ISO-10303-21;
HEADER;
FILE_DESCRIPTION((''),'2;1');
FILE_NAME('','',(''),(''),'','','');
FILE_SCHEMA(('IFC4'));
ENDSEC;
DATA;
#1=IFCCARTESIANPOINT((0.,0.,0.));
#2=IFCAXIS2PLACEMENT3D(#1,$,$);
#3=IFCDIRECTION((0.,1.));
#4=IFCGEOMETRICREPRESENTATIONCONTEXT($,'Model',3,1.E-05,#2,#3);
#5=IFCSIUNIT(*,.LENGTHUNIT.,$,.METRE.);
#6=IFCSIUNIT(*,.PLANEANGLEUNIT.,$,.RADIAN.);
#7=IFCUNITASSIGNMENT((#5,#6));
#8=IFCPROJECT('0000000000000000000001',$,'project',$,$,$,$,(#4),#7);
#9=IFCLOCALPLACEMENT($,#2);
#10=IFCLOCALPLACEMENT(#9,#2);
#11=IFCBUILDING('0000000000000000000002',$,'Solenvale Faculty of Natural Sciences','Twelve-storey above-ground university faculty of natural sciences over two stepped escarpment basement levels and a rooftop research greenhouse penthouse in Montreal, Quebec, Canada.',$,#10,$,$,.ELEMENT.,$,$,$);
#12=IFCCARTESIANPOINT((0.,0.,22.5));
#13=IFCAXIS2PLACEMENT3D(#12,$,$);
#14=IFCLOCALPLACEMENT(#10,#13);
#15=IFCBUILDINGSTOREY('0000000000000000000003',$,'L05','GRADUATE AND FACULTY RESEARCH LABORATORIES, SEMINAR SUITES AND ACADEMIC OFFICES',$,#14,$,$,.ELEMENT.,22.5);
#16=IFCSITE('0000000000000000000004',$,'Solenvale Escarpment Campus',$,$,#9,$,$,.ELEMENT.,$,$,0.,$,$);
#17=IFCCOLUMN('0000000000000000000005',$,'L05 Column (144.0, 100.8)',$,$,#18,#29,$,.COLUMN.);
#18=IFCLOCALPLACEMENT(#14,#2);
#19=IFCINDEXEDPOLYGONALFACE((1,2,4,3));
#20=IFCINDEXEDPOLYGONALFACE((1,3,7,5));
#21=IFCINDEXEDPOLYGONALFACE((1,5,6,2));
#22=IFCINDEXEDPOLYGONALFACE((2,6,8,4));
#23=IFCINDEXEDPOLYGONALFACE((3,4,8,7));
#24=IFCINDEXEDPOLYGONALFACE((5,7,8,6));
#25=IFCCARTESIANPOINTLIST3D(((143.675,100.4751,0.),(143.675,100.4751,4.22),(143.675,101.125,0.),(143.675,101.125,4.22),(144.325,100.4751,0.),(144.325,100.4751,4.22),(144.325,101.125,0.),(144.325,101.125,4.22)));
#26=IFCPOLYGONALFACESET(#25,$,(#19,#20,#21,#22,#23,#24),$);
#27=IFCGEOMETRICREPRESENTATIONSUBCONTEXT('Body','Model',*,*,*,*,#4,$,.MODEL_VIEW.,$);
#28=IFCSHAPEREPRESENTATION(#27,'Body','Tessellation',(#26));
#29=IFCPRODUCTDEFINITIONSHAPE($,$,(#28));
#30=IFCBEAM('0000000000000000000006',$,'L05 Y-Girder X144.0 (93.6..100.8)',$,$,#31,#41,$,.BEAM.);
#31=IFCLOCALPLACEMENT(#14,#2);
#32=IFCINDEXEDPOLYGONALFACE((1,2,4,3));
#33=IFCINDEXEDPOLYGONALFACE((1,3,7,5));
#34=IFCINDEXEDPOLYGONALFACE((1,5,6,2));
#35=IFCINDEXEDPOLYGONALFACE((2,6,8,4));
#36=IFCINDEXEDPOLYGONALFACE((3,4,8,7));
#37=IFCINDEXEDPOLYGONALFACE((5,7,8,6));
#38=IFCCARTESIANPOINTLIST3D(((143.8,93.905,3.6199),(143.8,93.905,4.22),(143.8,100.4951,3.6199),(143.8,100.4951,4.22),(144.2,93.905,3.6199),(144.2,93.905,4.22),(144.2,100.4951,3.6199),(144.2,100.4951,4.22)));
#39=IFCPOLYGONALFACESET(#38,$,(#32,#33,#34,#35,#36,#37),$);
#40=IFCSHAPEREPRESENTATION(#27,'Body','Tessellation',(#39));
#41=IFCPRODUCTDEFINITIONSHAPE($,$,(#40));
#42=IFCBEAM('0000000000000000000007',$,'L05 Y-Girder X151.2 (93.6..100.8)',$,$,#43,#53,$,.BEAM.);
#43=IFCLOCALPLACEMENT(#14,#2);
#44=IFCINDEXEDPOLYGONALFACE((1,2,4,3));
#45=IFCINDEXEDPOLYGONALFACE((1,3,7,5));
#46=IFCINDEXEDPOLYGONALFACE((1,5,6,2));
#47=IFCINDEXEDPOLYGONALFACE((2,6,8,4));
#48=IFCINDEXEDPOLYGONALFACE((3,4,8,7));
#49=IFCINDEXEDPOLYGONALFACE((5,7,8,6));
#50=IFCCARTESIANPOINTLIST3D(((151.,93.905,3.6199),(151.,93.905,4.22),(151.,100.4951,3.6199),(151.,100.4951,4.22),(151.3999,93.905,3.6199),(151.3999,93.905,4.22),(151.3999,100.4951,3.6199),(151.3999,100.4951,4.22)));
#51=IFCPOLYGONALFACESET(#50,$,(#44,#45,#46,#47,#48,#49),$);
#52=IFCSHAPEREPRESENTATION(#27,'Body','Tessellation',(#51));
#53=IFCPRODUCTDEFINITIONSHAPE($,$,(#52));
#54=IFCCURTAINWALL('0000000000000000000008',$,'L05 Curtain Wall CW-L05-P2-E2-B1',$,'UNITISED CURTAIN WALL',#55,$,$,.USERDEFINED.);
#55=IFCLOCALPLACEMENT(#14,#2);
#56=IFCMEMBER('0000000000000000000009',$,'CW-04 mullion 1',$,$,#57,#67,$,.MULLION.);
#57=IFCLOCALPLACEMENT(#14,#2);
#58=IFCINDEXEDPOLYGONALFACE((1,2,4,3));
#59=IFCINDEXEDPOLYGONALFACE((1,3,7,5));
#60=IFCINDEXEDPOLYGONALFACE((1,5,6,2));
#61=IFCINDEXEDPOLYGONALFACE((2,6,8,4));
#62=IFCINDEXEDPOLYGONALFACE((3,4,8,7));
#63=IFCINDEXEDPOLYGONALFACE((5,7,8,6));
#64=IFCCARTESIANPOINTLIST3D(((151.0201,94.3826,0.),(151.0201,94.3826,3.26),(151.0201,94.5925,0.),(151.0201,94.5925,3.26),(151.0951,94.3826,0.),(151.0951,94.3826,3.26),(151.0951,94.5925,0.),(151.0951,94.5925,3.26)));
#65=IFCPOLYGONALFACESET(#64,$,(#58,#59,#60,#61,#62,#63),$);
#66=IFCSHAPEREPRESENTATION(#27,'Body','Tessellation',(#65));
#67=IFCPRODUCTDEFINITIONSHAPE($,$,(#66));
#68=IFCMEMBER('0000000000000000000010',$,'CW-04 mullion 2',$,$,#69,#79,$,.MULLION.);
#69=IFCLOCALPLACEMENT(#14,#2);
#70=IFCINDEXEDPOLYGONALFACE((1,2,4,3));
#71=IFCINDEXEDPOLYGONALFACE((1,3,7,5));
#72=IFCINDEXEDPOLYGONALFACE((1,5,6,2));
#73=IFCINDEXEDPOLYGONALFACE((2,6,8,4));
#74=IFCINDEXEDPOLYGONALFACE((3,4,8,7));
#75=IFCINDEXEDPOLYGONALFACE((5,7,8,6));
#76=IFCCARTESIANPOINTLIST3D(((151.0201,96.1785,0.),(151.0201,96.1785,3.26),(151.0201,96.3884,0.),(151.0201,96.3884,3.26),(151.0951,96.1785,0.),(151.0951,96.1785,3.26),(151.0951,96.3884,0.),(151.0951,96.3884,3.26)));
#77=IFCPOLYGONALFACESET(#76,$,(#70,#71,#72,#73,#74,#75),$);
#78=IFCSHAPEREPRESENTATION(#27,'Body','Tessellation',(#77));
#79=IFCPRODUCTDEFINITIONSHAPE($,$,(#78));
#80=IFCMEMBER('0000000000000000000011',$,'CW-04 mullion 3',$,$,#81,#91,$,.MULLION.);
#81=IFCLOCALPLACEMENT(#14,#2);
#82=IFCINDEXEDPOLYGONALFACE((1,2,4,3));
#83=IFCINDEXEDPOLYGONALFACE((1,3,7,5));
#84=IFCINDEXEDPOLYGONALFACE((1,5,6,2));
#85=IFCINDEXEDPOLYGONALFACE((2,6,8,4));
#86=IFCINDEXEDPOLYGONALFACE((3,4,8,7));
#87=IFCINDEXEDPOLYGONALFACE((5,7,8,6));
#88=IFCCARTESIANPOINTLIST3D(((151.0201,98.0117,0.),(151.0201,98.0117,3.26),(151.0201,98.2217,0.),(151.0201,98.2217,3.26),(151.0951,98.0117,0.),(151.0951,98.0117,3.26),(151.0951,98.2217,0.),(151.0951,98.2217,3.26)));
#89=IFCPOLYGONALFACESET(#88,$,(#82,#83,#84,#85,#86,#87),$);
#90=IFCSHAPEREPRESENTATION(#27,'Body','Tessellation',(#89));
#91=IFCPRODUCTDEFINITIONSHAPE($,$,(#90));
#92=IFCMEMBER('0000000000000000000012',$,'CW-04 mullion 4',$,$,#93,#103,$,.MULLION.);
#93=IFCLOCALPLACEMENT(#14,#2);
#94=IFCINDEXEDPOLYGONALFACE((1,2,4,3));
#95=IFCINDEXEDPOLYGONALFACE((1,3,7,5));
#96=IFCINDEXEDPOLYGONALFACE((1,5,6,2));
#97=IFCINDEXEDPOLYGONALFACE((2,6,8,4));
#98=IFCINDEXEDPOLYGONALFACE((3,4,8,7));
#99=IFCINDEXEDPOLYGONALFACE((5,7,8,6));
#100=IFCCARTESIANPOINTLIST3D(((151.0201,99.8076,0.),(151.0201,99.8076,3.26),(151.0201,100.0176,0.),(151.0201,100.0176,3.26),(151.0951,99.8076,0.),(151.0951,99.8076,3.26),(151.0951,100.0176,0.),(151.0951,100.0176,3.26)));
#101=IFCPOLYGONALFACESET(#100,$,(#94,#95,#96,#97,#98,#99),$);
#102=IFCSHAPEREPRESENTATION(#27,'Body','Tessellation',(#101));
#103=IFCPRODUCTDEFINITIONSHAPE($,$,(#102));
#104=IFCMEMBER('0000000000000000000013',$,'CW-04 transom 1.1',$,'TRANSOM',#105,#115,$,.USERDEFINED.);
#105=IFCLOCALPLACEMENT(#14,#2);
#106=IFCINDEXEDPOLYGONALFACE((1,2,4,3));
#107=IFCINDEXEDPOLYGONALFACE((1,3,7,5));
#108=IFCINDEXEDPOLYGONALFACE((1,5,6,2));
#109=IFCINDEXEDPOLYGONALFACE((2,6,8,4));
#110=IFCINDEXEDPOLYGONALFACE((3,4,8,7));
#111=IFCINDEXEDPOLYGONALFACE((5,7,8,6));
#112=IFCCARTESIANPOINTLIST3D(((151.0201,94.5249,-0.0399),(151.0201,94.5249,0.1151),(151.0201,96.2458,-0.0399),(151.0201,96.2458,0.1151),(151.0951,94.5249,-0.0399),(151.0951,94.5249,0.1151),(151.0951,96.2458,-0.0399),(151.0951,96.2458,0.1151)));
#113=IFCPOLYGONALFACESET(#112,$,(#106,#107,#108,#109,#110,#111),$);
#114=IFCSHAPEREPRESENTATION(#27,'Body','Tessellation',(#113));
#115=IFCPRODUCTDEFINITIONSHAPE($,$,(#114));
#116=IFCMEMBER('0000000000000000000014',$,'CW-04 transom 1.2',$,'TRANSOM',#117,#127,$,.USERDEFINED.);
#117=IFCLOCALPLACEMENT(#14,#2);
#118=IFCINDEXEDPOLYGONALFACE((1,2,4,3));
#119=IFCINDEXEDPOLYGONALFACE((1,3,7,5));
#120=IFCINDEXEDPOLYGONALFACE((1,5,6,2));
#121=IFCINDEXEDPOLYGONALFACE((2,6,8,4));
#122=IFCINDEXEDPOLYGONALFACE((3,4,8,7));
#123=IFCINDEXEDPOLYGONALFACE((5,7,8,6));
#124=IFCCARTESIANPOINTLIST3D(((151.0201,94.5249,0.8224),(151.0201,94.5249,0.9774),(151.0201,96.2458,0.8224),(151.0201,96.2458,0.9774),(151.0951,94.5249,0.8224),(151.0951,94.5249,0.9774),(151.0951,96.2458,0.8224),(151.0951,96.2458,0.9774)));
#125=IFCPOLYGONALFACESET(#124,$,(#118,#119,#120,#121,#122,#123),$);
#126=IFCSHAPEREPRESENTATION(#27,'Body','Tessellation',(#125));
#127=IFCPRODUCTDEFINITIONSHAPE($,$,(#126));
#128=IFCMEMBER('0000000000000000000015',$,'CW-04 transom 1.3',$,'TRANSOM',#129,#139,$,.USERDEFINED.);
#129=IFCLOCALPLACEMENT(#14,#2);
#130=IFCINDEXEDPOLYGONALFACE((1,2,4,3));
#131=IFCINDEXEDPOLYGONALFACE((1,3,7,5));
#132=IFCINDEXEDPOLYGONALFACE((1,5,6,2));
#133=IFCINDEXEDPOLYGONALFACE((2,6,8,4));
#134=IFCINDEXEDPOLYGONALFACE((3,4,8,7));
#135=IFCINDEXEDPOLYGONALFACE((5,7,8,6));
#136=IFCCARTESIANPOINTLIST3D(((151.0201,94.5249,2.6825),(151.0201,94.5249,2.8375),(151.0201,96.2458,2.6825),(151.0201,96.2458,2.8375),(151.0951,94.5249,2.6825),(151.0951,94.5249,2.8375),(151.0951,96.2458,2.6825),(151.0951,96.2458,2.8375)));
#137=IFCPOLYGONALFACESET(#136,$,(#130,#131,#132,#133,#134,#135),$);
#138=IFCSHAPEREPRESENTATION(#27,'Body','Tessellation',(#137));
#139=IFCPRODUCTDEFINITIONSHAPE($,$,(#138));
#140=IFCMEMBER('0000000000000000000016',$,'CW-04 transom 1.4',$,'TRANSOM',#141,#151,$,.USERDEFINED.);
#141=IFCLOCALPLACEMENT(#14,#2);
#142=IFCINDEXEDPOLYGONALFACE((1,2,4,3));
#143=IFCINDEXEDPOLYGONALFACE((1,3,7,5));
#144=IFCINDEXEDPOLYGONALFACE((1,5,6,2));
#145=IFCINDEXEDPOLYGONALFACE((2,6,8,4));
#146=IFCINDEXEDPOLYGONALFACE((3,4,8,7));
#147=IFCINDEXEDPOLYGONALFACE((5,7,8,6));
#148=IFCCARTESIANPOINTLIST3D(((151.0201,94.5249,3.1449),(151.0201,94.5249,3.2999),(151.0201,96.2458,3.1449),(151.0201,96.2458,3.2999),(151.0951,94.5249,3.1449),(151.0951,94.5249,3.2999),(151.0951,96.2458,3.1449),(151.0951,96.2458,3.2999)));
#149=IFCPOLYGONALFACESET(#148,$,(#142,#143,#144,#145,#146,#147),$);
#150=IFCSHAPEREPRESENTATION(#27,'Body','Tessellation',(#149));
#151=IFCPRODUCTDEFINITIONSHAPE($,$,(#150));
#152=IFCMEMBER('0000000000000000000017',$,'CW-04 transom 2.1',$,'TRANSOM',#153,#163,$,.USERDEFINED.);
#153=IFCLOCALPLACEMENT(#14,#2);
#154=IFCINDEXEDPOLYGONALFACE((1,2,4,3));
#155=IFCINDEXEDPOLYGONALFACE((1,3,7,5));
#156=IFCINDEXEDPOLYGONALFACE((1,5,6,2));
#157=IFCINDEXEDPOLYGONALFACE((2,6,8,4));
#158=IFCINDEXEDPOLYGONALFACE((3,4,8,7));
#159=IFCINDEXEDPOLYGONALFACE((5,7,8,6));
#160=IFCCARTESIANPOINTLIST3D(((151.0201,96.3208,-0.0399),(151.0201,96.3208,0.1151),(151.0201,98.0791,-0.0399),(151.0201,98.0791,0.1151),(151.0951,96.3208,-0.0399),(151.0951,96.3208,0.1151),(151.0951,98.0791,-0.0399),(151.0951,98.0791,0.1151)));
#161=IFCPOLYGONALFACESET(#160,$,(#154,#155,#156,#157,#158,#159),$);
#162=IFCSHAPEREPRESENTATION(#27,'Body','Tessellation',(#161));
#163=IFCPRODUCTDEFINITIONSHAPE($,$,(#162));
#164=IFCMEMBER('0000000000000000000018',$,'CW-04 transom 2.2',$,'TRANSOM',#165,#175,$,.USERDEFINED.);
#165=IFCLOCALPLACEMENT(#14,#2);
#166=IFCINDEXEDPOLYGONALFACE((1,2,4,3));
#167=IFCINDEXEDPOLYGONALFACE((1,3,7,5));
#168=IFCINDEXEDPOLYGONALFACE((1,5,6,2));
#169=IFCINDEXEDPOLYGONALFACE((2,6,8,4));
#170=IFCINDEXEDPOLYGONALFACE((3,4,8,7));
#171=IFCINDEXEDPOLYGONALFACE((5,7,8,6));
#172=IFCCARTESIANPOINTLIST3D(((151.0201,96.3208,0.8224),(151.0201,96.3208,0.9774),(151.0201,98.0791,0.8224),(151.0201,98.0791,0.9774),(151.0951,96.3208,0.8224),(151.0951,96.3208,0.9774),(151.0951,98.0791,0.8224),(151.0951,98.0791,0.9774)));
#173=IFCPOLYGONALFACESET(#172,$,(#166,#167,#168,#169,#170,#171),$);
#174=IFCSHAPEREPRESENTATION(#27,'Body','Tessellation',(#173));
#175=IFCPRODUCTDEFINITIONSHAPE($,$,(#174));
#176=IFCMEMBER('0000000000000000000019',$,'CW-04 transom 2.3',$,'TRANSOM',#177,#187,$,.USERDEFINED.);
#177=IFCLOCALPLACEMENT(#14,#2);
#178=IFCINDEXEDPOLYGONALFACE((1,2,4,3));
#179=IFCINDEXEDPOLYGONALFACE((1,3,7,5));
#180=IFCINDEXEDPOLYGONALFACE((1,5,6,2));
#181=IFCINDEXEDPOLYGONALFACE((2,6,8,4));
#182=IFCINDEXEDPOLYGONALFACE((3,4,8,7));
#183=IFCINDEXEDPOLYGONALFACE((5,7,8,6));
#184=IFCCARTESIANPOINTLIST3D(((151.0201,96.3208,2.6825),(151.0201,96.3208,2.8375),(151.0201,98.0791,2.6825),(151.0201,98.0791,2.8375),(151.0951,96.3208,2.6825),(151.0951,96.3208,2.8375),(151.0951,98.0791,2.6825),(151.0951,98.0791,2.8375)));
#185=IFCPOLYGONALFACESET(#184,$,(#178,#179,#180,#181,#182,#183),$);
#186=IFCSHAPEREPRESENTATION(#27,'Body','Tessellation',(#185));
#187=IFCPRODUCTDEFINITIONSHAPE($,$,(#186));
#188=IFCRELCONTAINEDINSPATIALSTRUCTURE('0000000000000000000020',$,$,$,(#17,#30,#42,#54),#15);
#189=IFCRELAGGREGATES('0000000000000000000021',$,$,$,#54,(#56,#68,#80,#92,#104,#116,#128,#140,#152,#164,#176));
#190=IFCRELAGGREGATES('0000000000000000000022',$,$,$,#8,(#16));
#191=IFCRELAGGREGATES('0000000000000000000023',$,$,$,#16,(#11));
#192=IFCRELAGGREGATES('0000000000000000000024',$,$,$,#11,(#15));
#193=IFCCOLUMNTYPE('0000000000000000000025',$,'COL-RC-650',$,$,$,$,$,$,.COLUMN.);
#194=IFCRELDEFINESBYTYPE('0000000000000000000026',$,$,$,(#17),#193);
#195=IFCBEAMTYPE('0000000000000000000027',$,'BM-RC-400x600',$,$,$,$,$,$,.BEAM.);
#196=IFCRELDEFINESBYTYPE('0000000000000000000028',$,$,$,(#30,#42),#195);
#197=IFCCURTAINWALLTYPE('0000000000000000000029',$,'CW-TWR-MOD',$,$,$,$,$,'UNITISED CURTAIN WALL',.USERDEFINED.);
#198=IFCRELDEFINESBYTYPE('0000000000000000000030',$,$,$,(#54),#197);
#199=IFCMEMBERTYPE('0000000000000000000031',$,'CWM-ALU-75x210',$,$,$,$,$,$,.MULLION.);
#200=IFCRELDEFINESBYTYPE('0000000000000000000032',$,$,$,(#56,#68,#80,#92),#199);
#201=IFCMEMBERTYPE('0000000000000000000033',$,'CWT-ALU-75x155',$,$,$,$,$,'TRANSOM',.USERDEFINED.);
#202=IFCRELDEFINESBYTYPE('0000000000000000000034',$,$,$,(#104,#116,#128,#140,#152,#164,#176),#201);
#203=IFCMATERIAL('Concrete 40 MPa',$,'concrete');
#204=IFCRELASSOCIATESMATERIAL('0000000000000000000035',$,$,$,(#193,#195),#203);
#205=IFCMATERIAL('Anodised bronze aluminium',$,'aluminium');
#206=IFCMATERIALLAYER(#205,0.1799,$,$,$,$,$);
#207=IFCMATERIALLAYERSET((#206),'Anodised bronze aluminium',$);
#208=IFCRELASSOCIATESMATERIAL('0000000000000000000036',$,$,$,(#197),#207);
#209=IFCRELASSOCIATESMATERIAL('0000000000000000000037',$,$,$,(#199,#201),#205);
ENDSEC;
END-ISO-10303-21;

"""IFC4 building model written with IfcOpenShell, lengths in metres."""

from ifc_helpers import new_model, si_unit, direction, frame, origin, origin_2d, place, context, subcontext, project, spatial, rectangle, extrude, material, layer, layer_set, material_profile, profile_set, type_object, element, aggregate, save


model = new_model("IFC4")

# Units and contexts
model_context = context("Model", 3, precision=1e-05, world=origin(), true_north=direction((0.0, 1.0)))
body_context = subcontext(model_context, "Body", "Model", "MODEL_VIEW")
ifc_project = project(units=[si_unit("LENGTHUNIT", "METRE"), si_unit("PLANEANGLEUNIT", "RADIAN")], contexts=[model_context])

# Site, building, storey
site_placement = place(None, origin())
site = spatial("IfcSite", under=ifc_project, at=site_placement, Name="Solenvale Escarpment Campus", CompositionType="ELEMENT", RefElevation=0.0)
building_placement = place(site_placement, origin())
building = spatial("IfcBuilding", under=site, at=building_placement, Name="Solenvale Faculty of Natural Sciences", Description="Twelve-storey above-ground university faculty of natural sciences over two stepped escarpment basement levels and a rooftop research greenhouse penthouse in Montreal, Quebec, Canada.", CompositionType="ELEMENT")
storey_placement = place(building_placement, frame((0.0, 0.0, 22.5)))
storey = spatial("IfcBuildingStorey", under=building, at=storey_placement, Name="L05", Description="GRADUATE AND FACULTY RESEARCH LABORATORIES, SEMINAR SUITES AND ACADEMIC OFFICES", CompositionType="ELEMENT", Elevation=22.5)

# Column
ifc_material_1 = material(Name="Concrete 40 MPa", Category="concrete")
ifc_material_profile_1 = material_profile(ifc_material_1, rectangle(XDim=0.6499, YDim=0.6499, at=origin_2d()), Name="RC-COL-650x650")
ifc_profile_set_1 = profile_set([ifc_material_profile_1], Name="Concrete 40 MPa")
column_type = type_object("IfcColumnType", Name="COL-RC-650", PredefinedType="COLUMN", material=ifc_profile_set_1)
column_placement = place(storey_placement, frame((144.0, 100.8, 0.0), z_axis=(0.0, 0.0, 1.0), x_axis=(1.0, 0.0, 0.0)))
element("IfcColumn", 1, at=column_placement, inside=storey, type_object=column_type, Name="L05 Column (144.0, 100.8)", PredefinedType="COLUMN", context=body_context, shape_type="SweptSolid", body=[
    extrude(rectangle(XDim=0.6499, YDim=0.6499, at=origin_2d()), origin(), (0.0, 0.0, 1.0), 4.22),
])

# Beams
ifc_material_profile_2 = material_profile(ifc_material_1, rectangle(XDim=0.3999, YDim=0.6001, at=origin_2d()), Name="RC-BM-400x600")
ifc_profile_set_2 = profile_set([ifc_material_profile_2], Name="Concrete 40 MPa")
beam_type = type_object("IfcBeamType", Name="BM-RC-400x600", PredefinedType="BEAM", material=ifc_profile_set_2)
for number, where, z_axis, x_axis, name in (
    (2, (144.0, 93.905, 3.9199), (0.0, 1.0, 0.0), (-1.0, 0.0, 0.0), "L05 Y-Girder X144.0 (93.6..100.8)"),
    (3, (151.2, 93.905, 3.9199), (0.0, 1.0, 0.0), (-1.0, 0.0, 0.0), "L05 Y-Girder X151.2 (93.6..100.8)"),
):
    element("IfcBeam", number, at=place(storey_placement, frame(where, z_axis=z_axis, x_axis=x_axis)), inside=storey, type_object=beam_type, Name=name, PredefinedType="BEAM", context=body_context, shape_type="SweptSolid", body=[
        extrude(rectangle(XDim=0.3999, YDim=0.6001, at=origin_2d()), origin(), (0.0, 0.0, 1.0), 6.5901),
    ])

# Curtain wall, members
ifc_material_2 = material(Name="Anodised bronze aluminium", Category="aluminium")
ifc_layer_1 = layer(ifc_material_2, 0.1799)
ifc_layer_set_1 = layer_set([ifc_layer_1], Name="Anodised bronze aluminium")
curtain_wall_type = type_object("IfcCurtainWallType", Name="CW-TWR-MOD", ElementType="UNITISED CURTAIN WALL", PredefinedType="USERDEFINED", material=ifc_layer_set_1)
curtain_wall_placement = place(storey_placement, origin())
curtain_wall = element("IfcCurtainWall", 4, at=curtain_wall_placement, inside=storey, type_object=curtain_wall_type, Name="L05 Curtain Wall CW-L05-P2-E2-B1", ObjectType="UNITISED CURTAIN WALL", PredefinedType="USERDEFINED")
ifc_material_profile_3 = material_profile(ifc_material_2, rectangle(XDim=0.075, YDim=0.21, at=origin_2d()), Name="ALU-MUL-75x210")
ifc_profile_set_3 = profile_set([ifc_material_profile_3], Name="Anodised bronze aluminium")
member_type_1 = type_object("IfcMemberType", Name="CWM-ALU-75x210", PredefinedType="MULLION", material=ifc_profile_set_3)
member_1_placement = place(storey_placement, frame((151.0576, 94.4875, 0.0), z_axis=(0.0, 0.0, 1.0), x_axis=(-1.0, 0.0, 0.0)))
member_1 = element("IfcMember", 5, at=member_1_placement, type_object=member_type_1, Name="CW-04 mullion 1", PredefinedType="MULLION", context=body_context, shape_type="SweptSolid", body=[
    extrude(rectangle(XDim=0.075, YDim=0.21, at=origin_2d()), origin(), (0.0, 0.0, 1.0), 3.26),
])
member_2_placement = place(storey_placement, frame((151.0576, 96.2834, 0.0), z_axis=(0.0, 0.0, 1.0), x_axis=(-1.0, 0.0, 0.0)))
member_2 = element("IfcMember", 6, at=member_2_placement, type_object=member_type_1, Name="CW-04 mullion 2", PredefinedType="MULLION", context=body_context, shape_type="SweptSolid", body=[
    extrude(rectangle(XDim=0.075, YDim=0.21, at=origin_2d()), origin(), (0.0, 0.0, 1.0), 3.26),
])
member_3_placement = place(storey_placement, frame((151.0576, 98.1167, 0.0), z_axis=(0.0, 0.0, 1.0), x_axis=(-1.0, 0.0, 0.0)))
member_3 = element("IfcMember", 7, at=member_3_placement, type_object=member_type_1, Name="CW-04 mullion 3", PredefinedType="MULLION", context=body_context, shape_type="SweptSolid", body=[
    extrude(rectangle(XDim=0.075, YDim=0.21, at=origin_2d()), origin(), (0.0, 0.0, 1.0), 3.26),
])
member_4_placement = place(storey_placement, frame((151.0576, 99.9126, 0.0), z_axis=(0.0, 0.0, 1.0), x_axis=(-1.0, 0.0, 0.0)))
member_4 = element("IfcMember", 8, at=member_4_placement, type_object=member_type_1, Name="CW-04 mullion 4", PredefinedType="MULLION", context=body_context, shape_type="SweptSolid", body=[
    extrude(rectangle(XDim=0.075, YDim=0.21, at=origin_2d()), origin(), (0.0, 0.0, 1.0), 3.26),
])
ifc_material_profile_4 = material_profile(ifc_material_2, rectangle(XDim=0.075, YDim=0.155, at=origin_2d()), Name="ALU-TRN-75x155")
ifc_profile_set_4 = profile_set([ifc_material_profile_4], Name="Anodised bronze aluminium")
member_type_2 = type_object("IfcMemberType", Name="CWT-ALU-75x155", ElementType="TRANSOM", PredefinedType="USERDEFINED", material=ifc_profile_set_4)
member_5_placement = place(storey_placement, frame((151.0576, 94.5249, 0.0376), z_axis=(0.0, 1.0, 0.0), x_axis=(-1.0, 0.0, 0.0)))
member_5 = element("IfcMember", 9, at=member_5_placement, type_object=member_type_2, Name="CW-04 transom 1.1", ObjectType="TRANSOM", PredefinedType="USERDEFINED", context=body_context, shape_type="SweptSolid", body=[
    extrude(rectangle(XDim=0.075, YDim=0.155, at=origin_2d()), origin(), (0.0, 0.0, 1.0), 1.7209),
])
member_6_placement = place(storey_placement, frame((151.0576, 94.5249, 0.8999), z_axis=(0.0, 1.0, 0.0), x_axis=(-1.0, 0.0, 0.0)))
member_6 = element("IfcMember", 10, at=member_6_placement, type_object=member_type_2, Name="CW-04 transom 1.2", ObjectType="TRANSOM", PredefinedType="USERDEFINED", context=body_context, shape_type="SweptSolid", body=[
    extrude(rectangle(XDim=0.075, YDim=0.155, at=origin_2d()), origin(), (0.0, 0.0, 1.0), 1.7209),
])
member_7_placement = place(storey_placement, frame((151.0576, 94.5249, 2.76), z_axis=(0.0, 1.0, 0.0), x_axis=(-1.0, 0.0, 0.0)))
member_7 = element("IfcMember", 11, at=member_7_placement, type_object=member_type_2, Name="CW-04 transom 1.3", ObjectType="TRANSOM", PredefinedType="USERDEFINED", context=body_context, shape_type="SweptSolid", body=[
    extrude(rectangle(XDim=0.075, YDim=0.155, at=origin_2d()), origin(), (0.0, 0.0, 1.0), 1.7209),
])
member_8_placement = place(storey_placement, frame((151.0576, 94.5249, 3.2224), z_axis=(0.0, 1.0, 0.0), x_axis=(-1.0, 0.0, 0.0)))
member_8 = element("IfcMember", 12, at=member_8_placement, type_object=member_type_2, Name="CW-04 transom 1.4", ObjectType="TRANSOM", PredefinedType="USERDEFINED", context=body_context, shape_type="SweptSolid", body=[
    extrude(rectangle(XDim=0.075, YDim=0.155, at=origin_2d()), origin(), (0.0, 0.0, 1.0), 1.7209),
])
member_9_placement = place(storey_placement, frame((151.0576, 96.3208, 0.0376), z_axis=(0.0, 1.0, 0.0), x_axis=(-1.0, 0.0, 0.0)))
member_9 = element("IfcMember", 13, at=member_9_placement, type_object=member_type_2, Name="CW-04 transom 2.1", ObjectType="TRANSOM", PredefinedType="USERDEFINED", context=body_context, shape_type="SweptSolid", body=[
    extrude(rectangle(XDim=0.075, YDim=0.155, at=origin_2d()), origin(), (0.0, 0.0, 1.0), 1.7583),
])
member_10_placement = place(storey_placement, frame((151.0576, 96.3208, 0.8999), z_axis=(0.0, 1.0, 0.0), x_axis=(-1.0, 0.0, 0.0)))
member_10 = element("IfcMember", 14, at=member_10_placement, type_object=member_type_2, Name="CW-04 transom 2.2", ObjectType="TRANSOM", PredefinedType="USERDEFINED", context=body_context, shape_type="SweptSolid", body=[
    extrude(rectangle(XDim=0.075, YDim=0.155, at=origin_2d()), origin(), (0.0, 0.0, 1.0), 1.7583),
])
member_11_placement = place(storey_placement, frame((151.0576, 96.3208, 2.76), z_axis=(0.0, 1.0, 0.0), x_axis=(-1.0, 0.0, 0.0)))
member_11 = element("IfcMember", 15, at=member_11_placement, type_object=member_type_2, Name="CW-04 transom 2.3", ObjectType="TRANSOM", PredefinedType="USERDEFINED", context=body_context, shape_type="SweptSolid", body=[
    extrude(rectangle(XDim=0.075, YDim=0.155, at=origin_2d()), origin(), (0.0, 0.0, 1.0), 1.7583),
])
aggregate(curtain_wall, [member_1, member_2, member_3, member_4, member_5, member_6, member_7, member_8, member_9, member_10, member_11])

save(model, "model.ifc")
